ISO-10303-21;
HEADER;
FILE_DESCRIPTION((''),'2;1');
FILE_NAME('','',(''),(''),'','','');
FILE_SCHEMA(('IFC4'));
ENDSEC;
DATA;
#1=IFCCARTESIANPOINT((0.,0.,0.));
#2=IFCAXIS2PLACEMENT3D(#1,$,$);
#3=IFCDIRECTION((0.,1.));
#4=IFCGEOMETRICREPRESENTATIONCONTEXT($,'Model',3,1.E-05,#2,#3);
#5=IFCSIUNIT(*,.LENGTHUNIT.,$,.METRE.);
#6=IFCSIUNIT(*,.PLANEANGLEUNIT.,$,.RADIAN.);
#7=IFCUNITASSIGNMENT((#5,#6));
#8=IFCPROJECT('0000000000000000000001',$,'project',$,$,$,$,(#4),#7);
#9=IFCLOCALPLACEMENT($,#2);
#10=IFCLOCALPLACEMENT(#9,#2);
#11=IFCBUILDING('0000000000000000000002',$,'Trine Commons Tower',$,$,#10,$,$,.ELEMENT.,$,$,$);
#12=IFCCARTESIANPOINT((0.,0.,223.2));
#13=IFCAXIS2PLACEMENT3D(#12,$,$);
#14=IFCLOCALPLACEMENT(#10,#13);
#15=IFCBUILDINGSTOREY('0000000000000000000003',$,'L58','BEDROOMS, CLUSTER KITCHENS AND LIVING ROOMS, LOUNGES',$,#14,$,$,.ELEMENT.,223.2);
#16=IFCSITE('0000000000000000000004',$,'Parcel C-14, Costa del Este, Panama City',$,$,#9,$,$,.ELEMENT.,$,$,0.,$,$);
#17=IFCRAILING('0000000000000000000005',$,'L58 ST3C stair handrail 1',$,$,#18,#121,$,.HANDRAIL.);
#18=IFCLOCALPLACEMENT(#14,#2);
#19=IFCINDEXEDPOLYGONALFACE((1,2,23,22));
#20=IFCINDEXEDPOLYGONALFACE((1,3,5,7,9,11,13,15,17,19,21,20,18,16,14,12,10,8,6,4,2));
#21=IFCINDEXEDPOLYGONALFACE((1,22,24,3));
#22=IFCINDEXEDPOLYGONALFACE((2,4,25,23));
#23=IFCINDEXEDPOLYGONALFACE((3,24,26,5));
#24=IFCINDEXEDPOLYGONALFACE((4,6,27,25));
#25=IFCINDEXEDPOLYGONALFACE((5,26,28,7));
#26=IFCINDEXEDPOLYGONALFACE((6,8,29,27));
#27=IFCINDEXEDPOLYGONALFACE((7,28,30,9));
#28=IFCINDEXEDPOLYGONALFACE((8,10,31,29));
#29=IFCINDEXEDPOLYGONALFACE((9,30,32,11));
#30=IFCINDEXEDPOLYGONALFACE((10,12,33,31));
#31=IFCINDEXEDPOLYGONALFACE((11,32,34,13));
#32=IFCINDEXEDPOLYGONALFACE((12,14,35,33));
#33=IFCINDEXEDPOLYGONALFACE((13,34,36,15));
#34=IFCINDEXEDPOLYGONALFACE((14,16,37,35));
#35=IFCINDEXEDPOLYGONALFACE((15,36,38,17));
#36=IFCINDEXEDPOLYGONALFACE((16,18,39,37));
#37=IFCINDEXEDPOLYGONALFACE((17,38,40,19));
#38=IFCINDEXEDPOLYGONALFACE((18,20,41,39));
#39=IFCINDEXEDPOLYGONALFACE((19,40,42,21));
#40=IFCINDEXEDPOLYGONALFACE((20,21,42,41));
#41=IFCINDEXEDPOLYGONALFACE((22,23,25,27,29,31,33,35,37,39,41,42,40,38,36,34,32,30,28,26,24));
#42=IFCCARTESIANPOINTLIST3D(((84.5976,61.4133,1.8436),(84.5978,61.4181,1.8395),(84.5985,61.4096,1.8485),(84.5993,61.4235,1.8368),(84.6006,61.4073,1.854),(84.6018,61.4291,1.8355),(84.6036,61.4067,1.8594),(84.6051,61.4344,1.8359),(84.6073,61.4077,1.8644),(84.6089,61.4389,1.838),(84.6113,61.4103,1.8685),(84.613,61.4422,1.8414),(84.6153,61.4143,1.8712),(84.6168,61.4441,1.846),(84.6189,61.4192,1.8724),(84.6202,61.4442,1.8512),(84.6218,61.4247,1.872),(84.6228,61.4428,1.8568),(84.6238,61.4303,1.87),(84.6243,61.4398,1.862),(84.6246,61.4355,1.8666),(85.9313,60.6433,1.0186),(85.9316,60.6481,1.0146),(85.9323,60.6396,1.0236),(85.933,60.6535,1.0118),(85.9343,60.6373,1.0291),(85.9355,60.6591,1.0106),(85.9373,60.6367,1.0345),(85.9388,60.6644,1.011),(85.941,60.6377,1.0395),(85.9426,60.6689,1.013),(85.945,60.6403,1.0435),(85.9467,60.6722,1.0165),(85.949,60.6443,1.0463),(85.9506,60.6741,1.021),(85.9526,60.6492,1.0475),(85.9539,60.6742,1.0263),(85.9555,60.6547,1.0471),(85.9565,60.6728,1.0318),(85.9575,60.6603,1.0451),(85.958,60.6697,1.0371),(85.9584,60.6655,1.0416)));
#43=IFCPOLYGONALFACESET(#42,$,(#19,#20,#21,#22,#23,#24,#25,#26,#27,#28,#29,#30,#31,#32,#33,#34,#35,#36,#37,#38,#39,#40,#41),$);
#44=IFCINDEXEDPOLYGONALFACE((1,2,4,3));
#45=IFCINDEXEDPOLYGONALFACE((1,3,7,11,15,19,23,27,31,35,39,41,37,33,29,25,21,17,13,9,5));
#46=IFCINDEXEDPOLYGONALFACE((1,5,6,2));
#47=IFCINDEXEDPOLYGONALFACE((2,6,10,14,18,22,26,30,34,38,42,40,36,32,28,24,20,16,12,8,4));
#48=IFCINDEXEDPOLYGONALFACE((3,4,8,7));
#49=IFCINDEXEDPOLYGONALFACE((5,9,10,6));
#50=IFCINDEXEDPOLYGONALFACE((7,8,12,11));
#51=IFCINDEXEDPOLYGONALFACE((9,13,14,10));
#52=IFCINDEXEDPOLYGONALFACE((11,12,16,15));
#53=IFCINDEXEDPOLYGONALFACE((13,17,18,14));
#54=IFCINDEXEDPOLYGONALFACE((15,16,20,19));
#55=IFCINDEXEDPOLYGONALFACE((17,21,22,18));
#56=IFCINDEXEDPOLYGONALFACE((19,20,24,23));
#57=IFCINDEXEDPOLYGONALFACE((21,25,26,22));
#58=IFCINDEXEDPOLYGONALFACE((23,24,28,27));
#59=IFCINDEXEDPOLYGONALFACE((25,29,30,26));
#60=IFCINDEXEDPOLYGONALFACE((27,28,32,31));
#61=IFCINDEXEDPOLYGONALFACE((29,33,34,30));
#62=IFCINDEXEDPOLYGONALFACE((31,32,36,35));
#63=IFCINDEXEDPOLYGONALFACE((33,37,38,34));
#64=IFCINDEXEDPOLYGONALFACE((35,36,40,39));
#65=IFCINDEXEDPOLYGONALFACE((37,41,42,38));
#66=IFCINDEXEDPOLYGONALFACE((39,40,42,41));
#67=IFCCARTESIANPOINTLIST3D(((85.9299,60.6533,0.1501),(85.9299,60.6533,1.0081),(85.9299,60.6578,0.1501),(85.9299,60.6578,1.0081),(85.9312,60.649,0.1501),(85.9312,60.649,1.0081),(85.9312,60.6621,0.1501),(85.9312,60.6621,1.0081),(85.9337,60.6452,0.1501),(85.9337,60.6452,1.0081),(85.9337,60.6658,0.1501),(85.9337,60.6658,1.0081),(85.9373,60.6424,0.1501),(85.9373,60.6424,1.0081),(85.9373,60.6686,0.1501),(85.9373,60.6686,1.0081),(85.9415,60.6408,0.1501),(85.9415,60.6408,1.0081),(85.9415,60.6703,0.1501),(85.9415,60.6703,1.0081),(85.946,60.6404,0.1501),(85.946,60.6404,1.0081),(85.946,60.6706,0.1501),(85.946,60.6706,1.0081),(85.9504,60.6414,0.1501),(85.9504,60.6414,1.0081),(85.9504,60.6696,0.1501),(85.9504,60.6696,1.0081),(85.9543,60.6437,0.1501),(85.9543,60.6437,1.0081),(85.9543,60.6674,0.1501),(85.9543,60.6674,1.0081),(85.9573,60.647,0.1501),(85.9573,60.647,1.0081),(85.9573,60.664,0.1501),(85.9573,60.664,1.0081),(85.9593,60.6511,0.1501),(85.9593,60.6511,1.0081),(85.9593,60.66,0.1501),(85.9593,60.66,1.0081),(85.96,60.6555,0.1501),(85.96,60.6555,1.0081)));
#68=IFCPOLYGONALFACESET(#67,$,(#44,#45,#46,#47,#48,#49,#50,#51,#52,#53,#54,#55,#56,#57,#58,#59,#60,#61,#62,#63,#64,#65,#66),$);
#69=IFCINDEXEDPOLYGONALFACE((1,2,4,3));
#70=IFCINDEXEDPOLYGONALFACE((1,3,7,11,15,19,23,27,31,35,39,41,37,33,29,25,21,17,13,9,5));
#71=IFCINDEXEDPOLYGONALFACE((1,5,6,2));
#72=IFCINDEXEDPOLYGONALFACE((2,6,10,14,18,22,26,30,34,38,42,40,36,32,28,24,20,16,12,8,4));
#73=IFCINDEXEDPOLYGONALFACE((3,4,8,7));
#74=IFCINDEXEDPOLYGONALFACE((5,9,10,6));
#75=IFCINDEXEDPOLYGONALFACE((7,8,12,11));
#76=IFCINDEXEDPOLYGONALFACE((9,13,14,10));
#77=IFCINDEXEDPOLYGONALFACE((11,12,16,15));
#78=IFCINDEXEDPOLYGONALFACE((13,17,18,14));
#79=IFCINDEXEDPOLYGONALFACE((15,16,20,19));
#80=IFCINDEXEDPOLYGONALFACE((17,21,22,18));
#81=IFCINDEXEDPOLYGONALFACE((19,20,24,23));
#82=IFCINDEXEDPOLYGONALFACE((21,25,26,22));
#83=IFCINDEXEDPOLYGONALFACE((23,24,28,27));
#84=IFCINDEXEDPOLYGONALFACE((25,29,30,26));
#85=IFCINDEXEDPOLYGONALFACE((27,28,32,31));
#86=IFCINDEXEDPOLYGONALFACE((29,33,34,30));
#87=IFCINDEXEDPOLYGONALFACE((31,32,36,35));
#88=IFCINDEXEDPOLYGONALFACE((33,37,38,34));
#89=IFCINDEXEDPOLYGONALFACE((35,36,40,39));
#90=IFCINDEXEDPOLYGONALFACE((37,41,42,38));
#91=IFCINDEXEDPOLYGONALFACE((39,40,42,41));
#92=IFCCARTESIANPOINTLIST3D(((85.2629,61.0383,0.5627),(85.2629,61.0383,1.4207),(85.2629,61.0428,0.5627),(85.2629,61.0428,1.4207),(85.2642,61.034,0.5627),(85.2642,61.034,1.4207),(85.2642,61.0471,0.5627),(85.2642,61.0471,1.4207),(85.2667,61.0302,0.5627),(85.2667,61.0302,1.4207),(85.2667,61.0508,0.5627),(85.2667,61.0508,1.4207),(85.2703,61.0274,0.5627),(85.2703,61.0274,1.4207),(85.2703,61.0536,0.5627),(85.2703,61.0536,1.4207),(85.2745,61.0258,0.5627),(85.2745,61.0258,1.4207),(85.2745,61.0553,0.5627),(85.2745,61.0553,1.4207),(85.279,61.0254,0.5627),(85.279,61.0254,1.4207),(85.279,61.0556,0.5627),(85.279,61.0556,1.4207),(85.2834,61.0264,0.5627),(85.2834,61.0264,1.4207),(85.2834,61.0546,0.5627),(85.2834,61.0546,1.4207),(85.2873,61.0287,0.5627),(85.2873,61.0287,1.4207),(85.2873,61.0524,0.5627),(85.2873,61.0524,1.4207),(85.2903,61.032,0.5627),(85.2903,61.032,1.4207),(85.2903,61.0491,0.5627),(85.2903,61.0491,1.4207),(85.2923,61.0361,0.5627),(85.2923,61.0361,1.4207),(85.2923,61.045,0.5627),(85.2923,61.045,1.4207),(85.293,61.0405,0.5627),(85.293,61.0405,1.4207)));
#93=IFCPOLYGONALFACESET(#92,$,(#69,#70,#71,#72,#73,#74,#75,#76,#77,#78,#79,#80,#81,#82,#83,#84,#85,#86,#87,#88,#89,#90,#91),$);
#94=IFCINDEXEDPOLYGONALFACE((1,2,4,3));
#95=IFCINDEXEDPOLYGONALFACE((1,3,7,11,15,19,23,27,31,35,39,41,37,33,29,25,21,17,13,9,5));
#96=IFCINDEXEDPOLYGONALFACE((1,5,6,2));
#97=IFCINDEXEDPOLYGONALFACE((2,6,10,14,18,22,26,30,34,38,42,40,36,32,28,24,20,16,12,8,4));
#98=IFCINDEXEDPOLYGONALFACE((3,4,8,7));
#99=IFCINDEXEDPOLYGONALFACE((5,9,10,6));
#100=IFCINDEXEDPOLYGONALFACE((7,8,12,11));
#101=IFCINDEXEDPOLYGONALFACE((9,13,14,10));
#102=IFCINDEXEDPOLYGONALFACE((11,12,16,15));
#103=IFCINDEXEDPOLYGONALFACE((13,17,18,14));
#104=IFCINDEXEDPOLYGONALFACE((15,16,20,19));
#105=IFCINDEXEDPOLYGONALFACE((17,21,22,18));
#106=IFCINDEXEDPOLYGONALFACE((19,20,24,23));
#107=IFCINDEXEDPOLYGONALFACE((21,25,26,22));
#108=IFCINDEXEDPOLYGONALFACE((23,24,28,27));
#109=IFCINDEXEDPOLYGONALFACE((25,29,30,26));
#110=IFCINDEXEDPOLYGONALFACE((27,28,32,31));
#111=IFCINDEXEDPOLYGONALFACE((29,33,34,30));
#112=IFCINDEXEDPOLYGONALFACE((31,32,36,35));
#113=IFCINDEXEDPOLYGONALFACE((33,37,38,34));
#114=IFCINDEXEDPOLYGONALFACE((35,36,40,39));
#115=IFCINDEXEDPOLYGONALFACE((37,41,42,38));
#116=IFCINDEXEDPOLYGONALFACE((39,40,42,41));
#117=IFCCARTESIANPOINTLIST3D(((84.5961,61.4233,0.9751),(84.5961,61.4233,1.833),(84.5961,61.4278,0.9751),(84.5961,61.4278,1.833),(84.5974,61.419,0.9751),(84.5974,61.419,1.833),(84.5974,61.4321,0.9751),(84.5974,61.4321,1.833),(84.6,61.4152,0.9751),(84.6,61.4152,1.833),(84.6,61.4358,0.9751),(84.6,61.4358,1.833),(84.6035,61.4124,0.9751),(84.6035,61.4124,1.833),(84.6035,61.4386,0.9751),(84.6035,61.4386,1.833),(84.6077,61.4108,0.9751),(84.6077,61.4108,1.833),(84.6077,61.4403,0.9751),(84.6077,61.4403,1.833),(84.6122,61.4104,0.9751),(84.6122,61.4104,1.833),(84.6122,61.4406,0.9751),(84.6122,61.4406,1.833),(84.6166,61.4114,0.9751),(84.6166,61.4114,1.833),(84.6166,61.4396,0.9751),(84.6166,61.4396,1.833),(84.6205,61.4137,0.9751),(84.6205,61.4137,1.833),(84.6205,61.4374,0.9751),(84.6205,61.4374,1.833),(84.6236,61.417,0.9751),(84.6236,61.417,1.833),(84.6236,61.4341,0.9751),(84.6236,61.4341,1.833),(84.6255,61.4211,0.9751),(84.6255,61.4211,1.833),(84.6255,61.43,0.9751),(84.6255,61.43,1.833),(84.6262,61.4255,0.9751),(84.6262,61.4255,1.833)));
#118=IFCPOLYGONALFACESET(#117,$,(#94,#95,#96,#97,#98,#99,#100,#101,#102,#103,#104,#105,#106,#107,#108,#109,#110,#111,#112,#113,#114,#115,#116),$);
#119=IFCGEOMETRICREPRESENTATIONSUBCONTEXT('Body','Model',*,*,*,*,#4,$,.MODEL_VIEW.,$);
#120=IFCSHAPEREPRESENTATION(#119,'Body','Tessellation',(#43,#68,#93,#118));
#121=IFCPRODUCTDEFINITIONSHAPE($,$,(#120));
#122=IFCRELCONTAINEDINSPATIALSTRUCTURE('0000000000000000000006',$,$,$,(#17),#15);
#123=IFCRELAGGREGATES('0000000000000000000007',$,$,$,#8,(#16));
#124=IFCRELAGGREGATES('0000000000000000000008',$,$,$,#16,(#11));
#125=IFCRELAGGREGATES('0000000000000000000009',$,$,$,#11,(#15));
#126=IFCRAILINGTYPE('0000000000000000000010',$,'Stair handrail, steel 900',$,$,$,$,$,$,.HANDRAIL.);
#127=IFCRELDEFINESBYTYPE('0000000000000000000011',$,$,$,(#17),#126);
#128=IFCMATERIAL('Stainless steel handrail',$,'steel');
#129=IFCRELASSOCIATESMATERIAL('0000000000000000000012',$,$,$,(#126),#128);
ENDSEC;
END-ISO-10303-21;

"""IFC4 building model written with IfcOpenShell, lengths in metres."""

from ifc_helpers import new_model, si_unit, direction, frame, origin, origin_2d, place, context, subcontext, project, spatial, circle, extrude, material, type_object, element, save


model = new_model("IFC4")

# Units and contexts
model_context = context("Model", 3, precision=1e-05, world=origin(), true_north=direction((0.0, 1.0)))
body_context = subcontext(model_context, "Body", "Model", "MODEL_VIEW")
ifc_project = project(units=[si_unit("LENGTHUNIT", "METRE"), si_unit("PLANEANGLEUNIT", "RADIAN")], contexts=[model_context])

# Site, building, storey
site_placement = place(None, origin())
site = spatial("IfcSite", under=ifc_project, at=site_placement, Name="Parcel C-14, Costa del Este, Panama City", CompositionType="ELEMENT", RefElevation=0.0)
building_placement = place(site_placement, origin())
building = spatial("IfcBuilding", under=site, at=building_placement, Name="Trine Commons Tower", CompositionType="ELEMENT")
storey_placement = place(building_placement, frame((0.0, 0.0, 223.2)))
storey = spatial("IfcBuildingStorey", under=building, at=storey_placement, Name="L58", Description="BEDROOMS, CLUSTER KITCHENS AND LIVING ROOMS, LOUNGES", CompositionType="ELEMENT", Elevation=223.2)

# Railing
ifc_material_1 = material(Name="Stainless steel handrail", Category="steel")
railing_type = type_object("IfcRailingType", Name="Stair handrail, steel 900", PredefinedType="HANDRAIL", material=ifc_material_1)
railing_placement = place(storey_placement, frame((85.9448, 60.6555, 0.1501)))
element("IfcRailing", 1, at=railing_placement, inside=storey, type_object=railing_type, Name="L58 ST3C stair handrail 1", PredefinedType="HANDRAIL", context=body_context, shape_type="SweptSolid", body=[
    extrude(circle(Radius=0.021, at=origin_2d()), frame((0.0, 0.0, 0.8789), z_axis=(-0.763405, 0.440743, 0.472185), x_axis=(-0.499992, -0.86603, 0.0)), (0.0, 0.0, 1.0), 1.7471),
    extrude(circle(Radius=0.0151, at=origin_2d()), origin(), (0.0, 0.0, 1.0), 0.8579),
    extrude(circle(Radius=0.0151, at=origin_2d()), frame((-0.667, 0.385, 0.4126)), (0.0, 0.0, 1.0), 0.8579),
    extrude(circle(Radius=0.0151, at=origin_2d()), frame((-1.3337, 0.77, 0.825)), (0.0, 0.0, 1.0), 0.8579),
])

save(model, "model.ifc")
